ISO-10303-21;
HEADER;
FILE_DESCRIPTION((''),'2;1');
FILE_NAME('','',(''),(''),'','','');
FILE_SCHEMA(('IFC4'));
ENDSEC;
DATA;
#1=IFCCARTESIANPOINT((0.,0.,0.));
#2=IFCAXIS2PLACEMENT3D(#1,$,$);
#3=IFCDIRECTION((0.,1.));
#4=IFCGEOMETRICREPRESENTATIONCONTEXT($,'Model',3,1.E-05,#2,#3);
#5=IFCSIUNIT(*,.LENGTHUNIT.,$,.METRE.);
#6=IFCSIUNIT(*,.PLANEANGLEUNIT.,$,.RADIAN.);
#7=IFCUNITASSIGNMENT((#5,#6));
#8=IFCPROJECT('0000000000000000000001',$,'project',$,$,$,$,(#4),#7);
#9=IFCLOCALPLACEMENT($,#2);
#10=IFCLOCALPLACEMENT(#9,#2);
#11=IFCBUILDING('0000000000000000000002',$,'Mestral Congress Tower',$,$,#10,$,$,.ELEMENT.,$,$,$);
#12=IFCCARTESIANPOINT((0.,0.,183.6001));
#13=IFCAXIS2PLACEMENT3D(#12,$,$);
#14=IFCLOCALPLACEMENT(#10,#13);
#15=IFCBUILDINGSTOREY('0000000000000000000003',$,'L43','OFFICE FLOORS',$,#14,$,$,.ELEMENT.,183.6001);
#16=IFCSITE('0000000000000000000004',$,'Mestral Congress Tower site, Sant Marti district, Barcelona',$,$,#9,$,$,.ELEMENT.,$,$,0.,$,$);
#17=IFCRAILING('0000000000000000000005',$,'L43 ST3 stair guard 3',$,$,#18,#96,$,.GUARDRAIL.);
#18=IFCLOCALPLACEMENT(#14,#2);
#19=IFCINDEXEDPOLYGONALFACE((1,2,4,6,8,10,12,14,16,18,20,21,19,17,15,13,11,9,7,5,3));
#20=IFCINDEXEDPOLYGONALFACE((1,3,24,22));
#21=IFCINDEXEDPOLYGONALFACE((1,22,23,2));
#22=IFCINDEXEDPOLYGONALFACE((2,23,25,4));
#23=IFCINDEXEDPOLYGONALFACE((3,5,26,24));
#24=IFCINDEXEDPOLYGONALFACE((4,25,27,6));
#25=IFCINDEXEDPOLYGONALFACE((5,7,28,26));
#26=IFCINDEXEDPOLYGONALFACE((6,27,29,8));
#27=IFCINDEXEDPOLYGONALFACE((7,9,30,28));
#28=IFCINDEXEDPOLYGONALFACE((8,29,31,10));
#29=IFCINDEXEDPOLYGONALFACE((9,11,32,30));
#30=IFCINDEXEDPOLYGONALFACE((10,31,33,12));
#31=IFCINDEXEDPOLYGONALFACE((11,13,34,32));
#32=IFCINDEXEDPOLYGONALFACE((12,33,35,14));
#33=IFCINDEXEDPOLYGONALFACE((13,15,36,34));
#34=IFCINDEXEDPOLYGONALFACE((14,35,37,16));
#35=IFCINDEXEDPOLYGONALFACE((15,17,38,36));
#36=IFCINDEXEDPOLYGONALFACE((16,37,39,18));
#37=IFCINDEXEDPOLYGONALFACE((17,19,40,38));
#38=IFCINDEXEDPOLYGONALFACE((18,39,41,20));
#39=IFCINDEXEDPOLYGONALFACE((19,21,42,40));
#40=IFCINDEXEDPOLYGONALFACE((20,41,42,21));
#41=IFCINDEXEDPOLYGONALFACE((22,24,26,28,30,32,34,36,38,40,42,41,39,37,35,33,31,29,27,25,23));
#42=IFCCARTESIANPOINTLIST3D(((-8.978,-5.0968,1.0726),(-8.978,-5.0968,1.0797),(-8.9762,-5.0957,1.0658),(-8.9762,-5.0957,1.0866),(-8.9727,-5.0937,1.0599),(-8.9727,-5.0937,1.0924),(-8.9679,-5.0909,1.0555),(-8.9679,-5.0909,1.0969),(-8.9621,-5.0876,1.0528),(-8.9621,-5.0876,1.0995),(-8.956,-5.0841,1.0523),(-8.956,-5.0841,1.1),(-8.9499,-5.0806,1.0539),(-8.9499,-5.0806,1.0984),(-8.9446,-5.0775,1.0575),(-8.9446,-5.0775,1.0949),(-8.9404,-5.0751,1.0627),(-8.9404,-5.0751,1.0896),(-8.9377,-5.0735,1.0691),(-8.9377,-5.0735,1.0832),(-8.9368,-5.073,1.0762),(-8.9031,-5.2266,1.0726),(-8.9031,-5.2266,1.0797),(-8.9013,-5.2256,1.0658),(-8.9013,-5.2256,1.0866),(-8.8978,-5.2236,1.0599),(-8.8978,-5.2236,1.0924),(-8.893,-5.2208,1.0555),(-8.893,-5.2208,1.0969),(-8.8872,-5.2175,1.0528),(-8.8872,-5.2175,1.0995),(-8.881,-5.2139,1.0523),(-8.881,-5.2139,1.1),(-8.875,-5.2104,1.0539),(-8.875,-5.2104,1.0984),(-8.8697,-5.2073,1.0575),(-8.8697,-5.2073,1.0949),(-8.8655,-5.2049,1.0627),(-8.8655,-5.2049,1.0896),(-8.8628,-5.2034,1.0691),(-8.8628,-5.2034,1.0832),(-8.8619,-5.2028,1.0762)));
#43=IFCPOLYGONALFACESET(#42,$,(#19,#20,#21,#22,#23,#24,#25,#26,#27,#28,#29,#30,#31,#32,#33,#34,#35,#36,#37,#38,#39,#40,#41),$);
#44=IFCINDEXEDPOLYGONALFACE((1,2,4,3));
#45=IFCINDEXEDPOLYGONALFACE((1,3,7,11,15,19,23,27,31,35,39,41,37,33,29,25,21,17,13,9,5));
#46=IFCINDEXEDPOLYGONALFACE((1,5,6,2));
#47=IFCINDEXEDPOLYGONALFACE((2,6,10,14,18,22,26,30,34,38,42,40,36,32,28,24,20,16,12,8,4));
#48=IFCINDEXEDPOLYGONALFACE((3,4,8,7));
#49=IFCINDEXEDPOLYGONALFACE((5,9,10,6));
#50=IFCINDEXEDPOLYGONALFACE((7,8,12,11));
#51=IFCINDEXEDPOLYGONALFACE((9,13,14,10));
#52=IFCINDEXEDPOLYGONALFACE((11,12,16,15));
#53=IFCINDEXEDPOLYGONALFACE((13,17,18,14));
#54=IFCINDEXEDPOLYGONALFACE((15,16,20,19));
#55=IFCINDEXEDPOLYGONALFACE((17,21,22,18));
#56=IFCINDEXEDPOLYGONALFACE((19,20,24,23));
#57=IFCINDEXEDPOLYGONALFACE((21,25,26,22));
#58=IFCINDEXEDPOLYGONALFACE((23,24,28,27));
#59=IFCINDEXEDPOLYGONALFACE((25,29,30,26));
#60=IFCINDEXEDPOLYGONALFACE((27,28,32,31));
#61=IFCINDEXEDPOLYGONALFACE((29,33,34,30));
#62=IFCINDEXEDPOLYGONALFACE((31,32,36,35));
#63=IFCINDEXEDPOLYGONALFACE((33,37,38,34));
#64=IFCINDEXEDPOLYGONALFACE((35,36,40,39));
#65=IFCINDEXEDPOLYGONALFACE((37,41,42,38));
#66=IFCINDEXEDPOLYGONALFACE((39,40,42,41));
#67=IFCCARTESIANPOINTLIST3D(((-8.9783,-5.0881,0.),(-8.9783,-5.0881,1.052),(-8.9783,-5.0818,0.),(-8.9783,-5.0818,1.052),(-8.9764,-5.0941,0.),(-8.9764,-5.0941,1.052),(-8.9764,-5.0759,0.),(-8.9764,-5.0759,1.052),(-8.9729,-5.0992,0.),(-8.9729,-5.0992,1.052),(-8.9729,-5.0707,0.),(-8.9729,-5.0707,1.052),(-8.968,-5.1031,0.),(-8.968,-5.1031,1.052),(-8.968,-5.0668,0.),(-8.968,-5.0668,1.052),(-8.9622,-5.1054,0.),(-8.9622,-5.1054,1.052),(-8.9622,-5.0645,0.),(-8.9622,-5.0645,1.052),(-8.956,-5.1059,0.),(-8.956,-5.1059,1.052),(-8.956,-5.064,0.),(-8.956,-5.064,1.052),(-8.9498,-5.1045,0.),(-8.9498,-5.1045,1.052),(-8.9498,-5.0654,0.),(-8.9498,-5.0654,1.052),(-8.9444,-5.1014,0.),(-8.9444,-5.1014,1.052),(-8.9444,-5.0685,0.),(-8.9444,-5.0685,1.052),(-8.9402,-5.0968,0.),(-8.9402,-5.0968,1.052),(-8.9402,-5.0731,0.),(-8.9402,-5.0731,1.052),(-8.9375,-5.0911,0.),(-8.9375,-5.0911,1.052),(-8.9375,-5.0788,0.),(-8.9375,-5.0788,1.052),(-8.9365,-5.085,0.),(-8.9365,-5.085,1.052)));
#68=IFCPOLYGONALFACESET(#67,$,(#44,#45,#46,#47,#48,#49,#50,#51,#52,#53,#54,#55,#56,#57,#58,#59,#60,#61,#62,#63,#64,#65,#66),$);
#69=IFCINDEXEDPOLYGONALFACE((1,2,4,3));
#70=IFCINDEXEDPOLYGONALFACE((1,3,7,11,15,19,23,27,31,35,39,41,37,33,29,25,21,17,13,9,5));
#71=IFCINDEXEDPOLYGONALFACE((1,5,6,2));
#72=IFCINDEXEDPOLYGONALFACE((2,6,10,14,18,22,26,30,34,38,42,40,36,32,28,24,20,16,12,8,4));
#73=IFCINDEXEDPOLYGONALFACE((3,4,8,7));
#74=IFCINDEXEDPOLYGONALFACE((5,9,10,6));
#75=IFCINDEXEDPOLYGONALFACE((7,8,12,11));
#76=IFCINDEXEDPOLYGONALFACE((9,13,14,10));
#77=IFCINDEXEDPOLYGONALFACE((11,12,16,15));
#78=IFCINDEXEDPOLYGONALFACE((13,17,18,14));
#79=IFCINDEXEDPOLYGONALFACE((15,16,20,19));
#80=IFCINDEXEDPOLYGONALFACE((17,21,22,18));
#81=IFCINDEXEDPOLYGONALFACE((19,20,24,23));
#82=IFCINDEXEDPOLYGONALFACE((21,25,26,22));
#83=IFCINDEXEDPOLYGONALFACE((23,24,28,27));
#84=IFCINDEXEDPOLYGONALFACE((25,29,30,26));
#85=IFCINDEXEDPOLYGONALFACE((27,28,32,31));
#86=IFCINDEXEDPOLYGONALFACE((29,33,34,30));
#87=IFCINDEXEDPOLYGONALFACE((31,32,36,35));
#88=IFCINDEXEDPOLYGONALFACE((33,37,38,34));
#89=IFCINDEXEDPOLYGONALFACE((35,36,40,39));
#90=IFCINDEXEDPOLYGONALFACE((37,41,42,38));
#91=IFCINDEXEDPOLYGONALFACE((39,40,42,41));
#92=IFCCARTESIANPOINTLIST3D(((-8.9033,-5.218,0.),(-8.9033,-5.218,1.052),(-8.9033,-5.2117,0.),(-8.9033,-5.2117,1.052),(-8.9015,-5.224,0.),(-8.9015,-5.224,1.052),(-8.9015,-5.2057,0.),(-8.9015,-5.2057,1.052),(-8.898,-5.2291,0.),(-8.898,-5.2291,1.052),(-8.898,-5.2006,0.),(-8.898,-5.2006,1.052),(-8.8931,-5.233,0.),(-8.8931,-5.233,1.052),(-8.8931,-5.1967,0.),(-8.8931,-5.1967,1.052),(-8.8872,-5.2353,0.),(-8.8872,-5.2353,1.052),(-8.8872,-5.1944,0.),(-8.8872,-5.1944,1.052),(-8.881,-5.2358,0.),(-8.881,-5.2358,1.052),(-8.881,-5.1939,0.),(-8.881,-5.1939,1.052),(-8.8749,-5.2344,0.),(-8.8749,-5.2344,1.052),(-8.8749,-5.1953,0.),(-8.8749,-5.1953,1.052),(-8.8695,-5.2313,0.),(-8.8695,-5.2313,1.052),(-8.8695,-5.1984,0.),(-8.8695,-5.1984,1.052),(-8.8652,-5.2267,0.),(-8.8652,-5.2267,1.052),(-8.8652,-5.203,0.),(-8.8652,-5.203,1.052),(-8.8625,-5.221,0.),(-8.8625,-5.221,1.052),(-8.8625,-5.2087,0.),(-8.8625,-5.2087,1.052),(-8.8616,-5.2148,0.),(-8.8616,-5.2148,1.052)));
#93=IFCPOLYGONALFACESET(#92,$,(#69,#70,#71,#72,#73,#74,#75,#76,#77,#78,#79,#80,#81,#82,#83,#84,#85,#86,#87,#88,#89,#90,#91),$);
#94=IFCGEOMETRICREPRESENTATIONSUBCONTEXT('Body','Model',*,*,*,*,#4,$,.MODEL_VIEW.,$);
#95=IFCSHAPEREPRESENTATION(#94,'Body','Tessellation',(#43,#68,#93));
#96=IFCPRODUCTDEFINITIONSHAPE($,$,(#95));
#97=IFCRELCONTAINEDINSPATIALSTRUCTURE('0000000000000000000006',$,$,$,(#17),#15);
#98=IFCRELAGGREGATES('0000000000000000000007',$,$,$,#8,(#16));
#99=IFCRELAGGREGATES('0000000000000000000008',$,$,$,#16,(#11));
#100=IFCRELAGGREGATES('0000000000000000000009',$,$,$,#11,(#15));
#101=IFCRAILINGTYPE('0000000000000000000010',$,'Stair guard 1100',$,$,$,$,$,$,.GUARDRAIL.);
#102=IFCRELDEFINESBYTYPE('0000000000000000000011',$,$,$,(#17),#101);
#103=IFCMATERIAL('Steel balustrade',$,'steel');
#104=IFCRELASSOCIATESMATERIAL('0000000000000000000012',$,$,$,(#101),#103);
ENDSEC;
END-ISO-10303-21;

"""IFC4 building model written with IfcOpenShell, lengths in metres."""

from ifc_helpers import new_model, si_unit, direction, frame, origin, origin_2d, place, context, subcontext, project, spatial, circle, extrude, material, type_object, element, save


model = new_model("IFC4")

# Units and contexts
model_context = context("Model", 3, precision=1e-05, world=origin(), true_north=direction((0.0, 1.0)))
body_context = subcontext(model_context, "Body", "Model", "MODEL_VIEW")
ifc_project = project(units=[si_unit("LENGTHUNIT", "METRE"), si_unit("PLANEANGLEUNIT", "RADIAN")], contexts=[model_context])

# Site, building, storey
site_placement = place(None, origin())
site = spatial("IfcSite", under=ifc_project, at=site_placement, Name="Mestral Congress Tower site, Sant Marti district, Barcelona", CompositionType="ELEMENT", RefElevation=0.0)
building_placement = place(site_placement, origin())
building = spatial("IfcBuilding", under=site, at=building_placement, Name="Mestral Congress Tower", CompositionType="ELEMENT")
storey_placement = place(building_placement, frame((0.0, 0.0, 183.6001)))
storey = spatial("IfcBuildingStorey", under=building, at=storey_placement, Name="L43", Description="OFFICE FLOORS", CompositionType="ELEMENT", Elevation=183.6001)

# Railing
ifc_material_1 = material(Name="Steel balustrade", Category="steel")
railing_type_1 = type_object("IfcRailingType", Name="Stair guard 1100", PredefinedType="GUARDRAIL", material=ifc_material_1)
railing_1_placement = place(storey_placement, frame((-8.9575, -5.085, 0.0)))
element("IfcRailing", 1, at=railing_1_placement, inside=storey, type_object=railing_type_1, Name="L43 ST3 stair guard 3", PredefinedType="GUARDRAIL", context=body_context, shape_type="SweptSolid", body=[
    extrude(circle(Radius=0.0239, at=origin_2d()), frame((0.0, 0.0, 1.0762), z_axis=(0.499816, -0.866131, 0.0), x_axis=(0.866131, 0.499816, 0.0)), (0.0, 0.0, 1.0), 0.1499),
    extrude(circle(Radius=0.021, at=origin_2d()), origin(), (0.0, 0.0, 1.0), 1.052),
    extrude(circle(Radius=0.021, at=origin_2d()), frame((0.075, -0.1299, 0.0)), (0.0, 0.0, 1.0), 1.052),
])

save(model, "model.ifc")
